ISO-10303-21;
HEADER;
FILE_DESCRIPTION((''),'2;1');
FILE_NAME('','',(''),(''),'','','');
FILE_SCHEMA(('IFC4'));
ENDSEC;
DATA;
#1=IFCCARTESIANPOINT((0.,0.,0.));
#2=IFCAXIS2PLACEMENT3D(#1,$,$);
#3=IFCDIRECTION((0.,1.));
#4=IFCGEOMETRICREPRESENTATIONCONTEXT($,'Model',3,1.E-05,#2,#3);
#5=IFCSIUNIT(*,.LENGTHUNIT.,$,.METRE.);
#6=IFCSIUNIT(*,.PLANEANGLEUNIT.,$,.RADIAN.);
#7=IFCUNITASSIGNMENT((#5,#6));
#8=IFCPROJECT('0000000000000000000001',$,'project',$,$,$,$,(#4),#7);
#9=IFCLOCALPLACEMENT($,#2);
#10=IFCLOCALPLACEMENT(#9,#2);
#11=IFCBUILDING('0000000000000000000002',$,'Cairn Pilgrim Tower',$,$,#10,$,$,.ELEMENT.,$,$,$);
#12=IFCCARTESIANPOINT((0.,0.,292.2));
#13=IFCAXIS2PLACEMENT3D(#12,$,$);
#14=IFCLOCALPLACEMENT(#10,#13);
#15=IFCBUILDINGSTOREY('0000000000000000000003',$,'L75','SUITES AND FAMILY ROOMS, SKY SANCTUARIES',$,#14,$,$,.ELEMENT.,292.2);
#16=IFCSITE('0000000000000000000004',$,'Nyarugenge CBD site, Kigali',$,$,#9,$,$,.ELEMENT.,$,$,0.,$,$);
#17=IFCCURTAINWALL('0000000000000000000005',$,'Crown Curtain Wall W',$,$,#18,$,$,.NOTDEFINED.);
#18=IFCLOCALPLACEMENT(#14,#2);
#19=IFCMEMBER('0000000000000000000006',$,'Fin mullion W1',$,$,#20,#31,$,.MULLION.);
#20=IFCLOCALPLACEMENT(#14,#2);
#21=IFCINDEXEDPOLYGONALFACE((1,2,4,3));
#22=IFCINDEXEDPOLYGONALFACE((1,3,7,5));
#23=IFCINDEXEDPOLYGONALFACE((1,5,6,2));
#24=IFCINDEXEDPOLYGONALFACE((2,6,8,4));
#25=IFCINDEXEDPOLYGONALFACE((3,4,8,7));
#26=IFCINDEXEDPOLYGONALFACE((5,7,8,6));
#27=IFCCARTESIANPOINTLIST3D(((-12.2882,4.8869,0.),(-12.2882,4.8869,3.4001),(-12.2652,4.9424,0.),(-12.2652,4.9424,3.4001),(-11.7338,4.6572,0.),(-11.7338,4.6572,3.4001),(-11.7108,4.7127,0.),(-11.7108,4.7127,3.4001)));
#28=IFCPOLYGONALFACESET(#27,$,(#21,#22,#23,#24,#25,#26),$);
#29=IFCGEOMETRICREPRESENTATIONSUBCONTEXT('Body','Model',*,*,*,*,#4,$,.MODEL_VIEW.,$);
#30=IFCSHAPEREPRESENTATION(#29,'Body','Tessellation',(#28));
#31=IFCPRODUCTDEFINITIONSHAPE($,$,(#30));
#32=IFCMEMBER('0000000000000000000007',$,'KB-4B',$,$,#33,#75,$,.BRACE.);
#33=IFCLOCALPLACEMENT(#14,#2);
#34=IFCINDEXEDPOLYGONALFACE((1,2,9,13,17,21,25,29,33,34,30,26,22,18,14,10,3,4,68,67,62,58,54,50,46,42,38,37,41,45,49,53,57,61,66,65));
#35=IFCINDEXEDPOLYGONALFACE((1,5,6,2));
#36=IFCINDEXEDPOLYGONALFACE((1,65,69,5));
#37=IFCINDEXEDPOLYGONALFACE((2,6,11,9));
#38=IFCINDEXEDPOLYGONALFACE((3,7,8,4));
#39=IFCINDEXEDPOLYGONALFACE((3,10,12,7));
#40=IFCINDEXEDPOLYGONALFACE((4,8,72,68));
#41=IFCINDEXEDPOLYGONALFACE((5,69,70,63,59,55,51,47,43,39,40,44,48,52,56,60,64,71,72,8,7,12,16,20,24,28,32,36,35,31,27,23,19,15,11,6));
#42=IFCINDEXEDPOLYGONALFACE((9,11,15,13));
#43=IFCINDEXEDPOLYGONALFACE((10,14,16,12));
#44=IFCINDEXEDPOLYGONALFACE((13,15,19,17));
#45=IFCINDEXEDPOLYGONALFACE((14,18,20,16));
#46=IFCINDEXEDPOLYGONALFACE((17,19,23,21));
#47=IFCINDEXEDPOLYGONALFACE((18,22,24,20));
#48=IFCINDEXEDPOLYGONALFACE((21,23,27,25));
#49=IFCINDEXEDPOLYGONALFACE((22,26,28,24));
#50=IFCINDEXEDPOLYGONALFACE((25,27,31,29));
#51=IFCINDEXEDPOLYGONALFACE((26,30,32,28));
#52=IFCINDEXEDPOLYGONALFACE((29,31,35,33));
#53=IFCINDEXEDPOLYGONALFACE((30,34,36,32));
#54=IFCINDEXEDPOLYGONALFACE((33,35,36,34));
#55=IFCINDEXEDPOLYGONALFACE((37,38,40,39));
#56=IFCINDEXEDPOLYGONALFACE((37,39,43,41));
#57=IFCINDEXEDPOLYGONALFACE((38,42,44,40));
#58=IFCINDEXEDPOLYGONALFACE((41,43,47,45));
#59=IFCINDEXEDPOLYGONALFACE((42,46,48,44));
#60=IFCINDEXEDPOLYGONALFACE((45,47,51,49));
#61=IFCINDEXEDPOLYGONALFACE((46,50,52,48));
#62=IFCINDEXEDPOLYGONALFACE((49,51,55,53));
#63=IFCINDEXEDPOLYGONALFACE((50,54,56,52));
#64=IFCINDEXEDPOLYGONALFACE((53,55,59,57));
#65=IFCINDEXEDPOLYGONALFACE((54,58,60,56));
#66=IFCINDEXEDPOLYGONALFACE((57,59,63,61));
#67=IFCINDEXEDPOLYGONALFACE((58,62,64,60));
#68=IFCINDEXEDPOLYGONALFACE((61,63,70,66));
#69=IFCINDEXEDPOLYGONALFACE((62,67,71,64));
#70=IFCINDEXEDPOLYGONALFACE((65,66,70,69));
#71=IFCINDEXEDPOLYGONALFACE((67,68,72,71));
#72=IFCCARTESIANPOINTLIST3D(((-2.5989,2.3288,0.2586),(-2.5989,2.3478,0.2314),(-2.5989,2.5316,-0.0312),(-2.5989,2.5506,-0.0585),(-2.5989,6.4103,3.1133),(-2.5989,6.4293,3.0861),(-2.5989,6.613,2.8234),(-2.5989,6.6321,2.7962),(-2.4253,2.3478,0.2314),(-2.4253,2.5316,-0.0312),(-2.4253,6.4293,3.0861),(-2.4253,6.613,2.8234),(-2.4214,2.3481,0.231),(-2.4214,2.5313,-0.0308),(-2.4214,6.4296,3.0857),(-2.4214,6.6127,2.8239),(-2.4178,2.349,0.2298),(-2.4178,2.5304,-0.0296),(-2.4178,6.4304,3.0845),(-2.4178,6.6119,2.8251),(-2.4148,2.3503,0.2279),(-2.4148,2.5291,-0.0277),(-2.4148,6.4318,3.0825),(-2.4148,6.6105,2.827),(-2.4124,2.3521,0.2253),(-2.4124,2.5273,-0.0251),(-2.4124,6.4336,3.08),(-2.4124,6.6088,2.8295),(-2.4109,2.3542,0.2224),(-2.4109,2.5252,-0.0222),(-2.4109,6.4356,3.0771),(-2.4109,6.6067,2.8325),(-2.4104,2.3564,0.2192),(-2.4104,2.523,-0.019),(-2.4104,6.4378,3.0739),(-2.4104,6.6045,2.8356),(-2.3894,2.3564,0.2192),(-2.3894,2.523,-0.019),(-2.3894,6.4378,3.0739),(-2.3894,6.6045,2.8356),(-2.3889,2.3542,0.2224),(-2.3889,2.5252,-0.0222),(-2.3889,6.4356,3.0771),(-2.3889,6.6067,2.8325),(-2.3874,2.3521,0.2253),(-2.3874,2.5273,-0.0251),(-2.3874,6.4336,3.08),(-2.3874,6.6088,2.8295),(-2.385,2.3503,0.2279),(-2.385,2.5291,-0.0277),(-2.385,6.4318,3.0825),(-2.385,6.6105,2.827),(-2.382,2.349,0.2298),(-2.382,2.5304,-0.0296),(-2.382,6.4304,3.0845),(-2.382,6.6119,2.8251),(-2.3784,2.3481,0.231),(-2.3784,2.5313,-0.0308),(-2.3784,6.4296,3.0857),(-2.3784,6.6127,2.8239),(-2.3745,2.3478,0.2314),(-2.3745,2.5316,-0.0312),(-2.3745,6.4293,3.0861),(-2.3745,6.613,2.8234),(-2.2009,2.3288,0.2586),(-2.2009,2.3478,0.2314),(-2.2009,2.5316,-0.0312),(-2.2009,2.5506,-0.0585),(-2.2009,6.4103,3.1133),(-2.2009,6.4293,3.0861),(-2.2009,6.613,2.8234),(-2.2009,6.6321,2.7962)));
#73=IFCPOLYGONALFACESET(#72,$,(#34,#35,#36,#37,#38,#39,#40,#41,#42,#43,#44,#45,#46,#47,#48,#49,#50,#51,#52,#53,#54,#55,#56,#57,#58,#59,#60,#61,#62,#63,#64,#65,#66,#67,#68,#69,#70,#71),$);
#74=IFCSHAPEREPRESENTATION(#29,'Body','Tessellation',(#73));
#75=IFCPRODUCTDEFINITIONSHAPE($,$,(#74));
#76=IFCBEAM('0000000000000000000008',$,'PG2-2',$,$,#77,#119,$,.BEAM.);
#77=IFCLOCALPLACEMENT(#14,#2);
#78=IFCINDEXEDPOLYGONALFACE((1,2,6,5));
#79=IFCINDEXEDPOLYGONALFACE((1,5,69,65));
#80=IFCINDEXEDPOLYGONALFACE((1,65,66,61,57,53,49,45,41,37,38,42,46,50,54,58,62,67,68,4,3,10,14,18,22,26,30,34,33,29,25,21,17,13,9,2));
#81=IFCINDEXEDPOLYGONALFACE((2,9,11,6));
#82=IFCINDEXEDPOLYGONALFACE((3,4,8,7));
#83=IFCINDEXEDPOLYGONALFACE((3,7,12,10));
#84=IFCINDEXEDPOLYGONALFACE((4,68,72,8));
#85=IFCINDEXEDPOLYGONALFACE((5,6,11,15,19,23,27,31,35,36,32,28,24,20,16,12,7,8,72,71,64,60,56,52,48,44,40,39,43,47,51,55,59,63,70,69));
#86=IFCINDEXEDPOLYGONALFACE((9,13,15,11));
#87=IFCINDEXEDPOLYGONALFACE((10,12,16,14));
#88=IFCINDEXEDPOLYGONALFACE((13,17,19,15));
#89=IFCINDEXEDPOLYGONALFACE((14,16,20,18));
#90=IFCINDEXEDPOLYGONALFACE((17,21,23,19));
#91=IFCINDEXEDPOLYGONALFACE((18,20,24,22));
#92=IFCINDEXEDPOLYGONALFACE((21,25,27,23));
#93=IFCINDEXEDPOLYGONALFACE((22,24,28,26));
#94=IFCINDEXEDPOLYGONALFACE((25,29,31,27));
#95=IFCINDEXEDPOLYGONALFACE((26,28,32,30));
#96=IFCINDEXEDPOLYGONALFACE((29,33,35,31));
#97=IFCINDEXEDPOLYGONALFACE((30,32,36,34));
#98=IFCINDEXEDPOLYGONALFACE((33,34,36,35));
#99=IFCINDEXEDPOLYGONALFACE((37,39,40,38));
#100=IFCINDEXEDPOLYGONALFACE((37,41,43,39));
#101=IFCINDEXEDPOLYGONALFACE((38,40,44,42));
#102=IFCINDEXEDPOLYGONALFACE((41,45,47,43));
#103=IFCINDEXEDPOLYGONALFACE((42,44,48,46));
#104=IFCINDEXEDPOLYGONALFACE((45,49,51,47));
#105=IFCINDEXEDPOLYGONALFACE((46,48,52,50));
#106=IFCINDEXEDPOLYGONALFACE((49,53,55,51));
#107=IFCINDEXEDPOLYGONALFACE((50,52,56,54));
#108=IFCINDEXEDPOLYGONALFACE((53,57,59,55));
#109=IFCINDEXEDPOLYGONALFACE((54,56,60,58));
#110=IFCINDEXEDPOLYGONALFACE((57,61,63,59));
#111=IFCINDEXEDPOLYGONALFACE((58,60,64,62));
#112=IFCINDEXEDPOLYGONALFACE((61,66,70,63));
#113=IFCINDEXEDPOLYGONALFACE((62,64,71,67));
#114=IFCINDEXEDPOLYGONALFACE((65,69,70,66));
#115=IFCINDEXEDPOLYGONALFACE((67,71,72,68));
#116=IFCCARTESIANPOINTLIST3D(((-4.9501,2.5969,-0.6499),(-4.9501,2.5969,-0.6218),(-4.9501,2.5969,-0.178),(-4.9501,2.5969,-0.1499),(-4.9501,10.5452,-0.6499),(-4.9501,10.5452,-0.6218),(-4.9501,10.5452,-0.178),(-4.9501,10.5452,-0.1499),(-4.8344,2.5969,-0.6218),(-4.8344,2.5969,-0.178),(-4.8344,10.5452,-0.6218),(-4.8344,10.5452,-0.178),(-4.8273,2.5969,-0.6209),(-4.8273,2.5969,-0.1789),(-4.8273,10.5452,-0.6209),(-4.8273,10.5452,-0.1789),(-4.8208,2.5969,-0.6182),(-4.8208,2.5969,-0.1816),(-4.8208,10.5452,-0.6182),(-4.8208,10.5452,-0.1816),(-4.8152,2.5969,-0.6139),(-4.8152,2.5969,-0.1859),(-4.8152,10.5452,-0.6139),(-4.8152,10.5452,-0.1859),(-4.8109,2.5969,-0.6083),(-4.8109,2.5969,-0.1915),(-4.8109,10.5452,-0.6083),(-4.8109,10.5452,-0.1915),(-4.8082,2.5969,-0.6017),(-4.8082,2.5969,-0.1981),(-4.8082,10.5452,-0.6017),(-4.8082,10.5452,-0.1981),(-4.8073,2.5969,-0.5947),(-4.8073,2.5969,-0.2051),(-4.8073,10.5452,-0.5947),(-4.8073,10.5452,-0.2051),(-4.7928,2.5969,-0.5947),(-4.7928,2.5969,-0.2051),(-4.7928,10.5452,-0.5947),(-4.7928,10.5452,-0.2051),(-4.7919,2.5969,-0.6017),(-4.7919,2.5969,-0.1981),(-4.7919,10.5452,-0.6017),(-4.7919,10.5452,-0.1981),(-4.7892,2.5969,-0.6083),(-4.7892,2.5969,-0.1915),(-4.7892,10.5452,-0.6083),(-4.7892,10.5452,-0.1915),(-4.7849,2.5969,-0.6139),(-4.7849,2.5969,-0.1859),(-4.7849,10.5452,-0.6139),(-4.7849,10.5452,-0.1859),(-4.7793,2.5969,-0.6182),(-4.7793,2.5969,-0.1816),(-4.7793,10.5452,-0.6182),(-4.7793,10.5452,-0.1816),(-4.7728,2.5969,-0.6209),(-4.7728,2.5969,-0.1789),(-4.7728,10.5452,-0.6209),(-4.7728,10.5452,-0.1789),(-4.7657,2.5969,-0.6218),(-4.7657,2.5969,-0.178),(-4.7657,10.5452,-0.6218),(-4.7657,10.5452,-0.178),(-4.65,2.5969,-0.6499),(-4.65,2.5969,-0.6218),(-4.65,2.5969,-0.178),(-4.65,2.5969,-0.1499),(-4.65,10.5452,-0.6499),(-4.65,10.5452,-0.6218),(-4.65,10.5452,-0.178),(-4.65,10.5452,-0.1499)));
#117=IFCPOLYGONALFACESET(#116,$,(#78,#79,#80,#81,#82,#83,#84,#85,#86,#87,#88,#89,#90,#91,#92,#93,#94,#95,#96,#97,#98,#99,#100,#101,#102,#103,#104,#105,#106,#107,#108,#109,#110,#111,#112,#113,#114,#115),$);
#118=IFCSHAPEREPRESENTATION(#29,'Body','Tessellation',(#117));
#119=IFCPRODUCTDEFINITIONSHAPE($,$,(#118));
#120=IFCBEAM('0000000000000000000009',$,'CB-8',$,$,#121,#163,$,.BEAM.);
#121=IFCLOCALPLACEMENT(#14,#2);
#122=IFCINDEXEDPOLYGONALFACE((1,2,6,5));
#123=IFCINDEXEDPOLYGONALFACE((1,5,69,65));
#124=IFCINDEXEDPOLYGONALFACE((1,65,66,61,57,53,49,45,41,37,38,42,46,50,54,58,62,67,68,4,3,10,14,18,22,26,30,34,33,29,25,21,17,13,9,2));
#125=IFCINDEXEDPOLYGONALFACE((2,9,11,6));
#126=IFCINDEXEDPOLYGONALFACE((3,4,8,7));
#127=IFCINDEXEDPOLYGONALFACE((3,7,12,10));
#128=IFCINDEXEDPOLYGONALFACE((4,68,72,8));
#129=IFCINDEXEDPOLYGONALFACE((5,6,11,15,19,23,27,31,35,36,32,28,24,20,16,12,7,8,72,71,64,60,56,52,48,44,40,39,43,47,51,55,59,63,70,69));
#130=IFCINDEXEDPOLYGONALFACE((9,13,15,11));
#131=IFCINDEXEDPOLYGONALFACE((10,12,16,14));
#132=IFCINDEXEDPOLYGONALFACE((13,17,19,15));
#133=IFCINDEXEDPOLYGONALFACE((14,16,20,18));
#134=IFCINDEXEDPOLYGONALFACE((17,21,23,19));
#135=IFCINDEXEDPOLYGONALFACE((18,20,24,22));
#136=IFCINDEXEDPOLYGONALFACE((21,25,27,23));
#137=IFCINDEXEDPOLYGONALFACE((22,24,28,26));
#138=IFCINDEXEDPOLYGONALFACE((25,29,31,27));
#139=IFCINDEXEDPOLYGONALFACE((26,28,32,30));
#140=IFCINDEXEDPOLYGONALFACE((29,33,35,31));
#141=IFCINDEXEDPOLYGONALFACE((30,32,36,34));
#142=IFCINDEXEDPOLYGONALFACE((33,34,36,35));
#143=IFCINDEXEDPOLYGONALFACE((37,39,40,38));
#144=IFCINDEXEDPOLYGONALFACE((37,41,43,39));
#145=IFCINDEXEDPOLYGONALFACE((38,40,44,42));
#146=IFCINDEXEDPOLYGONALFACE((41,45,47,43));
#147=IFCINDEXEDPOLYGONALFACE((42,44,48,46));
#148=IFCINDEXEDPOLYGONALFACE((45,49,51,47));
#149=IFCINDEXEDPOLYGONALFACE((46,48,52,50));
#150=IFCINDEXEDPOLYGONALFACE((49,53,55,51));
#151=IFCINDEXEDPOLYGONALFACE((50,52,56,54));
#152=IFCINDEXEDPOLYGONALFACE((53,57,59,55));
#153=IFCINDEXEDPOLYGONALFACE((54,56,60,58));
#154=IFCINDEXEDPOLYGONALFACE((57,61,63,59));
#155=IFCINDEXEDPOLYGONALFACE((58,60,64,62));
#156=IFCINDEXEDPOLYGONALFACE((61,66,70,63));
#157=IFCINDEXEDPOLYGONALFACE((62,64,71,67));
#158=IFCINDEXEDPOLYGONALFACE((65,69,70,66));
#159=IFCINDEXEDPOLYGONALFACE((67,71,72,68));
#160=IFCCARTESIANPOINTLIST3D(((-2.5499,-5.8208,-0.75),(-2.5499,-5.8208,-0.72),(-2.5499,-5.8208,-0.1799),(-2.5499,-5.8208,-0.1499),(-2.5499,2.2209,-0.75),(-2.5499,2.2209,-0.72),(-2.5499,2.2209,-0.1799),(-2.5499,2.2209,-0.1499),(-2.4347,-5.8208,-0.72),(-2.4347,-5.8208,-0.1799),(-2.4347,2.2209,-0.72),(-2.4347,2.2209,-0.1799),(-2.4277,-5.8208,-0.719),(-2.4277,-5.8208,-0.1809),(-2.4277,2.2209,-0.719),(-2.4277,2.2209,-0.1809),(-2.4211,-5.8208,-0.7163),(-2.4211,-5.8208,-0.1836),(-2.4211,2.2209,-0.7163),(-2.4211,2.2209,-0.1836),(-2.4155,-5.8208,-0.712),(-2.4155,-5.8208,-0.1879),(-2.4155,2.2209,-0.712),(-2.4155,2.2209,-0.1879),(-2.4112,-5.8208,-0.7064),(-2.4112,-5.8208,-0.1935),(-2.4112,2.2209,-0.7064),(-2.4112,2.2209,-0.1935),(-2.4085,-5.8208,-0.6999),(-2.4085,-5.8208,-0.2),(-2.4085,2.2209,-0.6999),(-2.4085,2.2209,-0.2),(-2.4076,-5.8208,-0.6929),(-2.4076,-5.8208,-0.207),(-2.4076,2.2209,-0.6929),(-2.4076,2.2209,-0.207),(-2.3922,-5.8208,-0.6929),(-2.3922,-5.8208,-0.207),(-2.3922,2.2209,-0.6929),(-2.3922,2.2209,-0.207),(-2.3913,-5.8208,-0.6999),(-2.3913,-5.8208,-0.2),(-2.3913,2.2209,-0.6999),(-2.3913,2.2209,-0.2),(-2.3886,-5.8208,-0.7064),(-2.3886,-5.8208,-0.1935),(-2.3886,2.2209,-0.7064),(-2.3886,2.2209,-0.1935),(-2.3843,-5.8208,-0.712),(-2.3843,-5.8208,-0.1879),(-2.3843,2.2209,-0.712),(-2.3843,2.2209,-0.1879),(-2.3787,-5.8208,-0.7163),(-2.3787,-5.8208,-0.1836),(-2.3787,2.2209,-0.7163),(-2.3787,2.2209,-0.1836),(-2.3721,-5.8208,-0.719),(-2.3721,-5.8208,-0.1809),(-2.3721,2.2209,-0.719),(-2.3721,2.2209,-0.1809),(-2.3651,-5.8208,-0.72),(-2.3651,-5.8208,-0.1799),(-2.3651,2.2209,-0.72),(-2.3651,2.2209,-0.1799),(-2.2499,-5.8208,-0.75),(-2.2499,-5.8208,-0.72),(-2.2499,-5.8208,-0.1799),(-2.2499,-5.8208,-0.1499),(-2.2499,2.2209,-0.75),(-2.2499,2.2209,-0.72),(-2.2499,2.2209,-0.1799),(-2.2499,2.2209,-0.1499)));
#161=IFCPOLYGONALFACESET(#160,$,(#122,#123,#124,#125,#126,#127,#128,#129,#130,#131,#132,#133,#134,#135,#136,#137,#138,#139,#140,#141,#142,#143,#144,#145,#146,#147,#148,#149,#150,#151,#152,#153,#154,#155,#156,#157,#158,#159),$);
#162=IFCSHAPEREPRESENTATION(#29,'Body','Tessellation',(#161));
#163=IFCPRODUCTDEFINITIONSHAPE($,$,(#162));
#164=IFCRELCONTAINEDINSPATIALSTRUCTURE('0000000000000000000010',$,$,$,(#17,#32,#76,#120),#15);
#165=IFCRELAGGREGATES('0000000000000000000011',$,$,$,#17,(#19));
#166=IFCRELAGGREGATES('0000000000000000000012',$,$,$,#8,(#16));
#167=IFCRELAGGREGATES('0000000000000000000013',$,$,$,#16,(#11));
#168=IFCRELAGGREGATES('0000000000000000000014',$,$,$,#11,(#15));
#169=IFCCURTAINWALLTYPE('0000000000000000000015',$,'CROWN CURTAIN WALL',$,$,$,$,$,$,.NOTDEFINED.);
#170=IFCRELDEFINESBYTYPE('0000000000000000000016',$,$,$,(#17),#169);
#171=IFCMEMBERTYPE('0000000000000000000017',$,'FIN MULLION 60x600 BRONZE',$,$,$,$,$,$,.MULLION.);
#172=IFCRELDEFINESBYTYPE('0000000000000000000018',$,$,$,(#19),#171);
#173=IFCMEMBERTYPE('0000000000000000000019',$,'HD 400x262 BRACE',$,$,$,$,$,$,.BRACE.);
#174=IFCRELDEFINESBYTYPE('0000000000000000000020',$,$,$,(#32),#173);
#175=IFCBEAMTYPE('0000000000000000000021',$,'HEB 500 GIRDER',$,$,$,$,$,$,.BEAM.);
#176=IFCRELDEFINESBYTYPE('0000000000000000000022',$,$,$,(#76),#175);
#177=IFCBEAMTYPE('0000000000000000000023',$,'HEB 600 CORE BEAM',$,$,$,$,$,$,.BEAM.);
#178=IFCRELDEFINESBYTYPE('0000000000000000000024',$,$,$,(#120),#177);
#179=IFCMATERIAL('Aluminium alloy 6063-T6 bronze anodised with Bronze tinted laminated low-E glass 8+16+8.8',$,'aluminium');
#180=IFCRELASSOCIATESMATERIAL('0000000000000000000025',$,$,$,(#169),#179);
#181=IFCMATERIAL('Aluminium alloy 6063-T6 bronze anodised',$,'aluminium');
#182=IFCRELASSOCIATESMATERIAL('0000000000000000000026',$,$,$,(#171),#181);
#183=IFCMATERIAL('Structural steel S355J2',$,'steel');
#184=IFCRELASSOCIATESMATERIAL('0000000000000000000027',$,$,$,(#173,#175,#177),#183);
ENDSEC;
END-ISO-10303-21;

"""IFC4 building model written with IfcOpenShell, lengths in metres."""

from ifc_helpers import new_model, si_unit, direction, frame, origin, origin_2d, place, context, subcontext, project, spatial, rectangle, i_section, extrude, material, material_profile, profile_set, type_object, element, aggregate, save


model = new_model("IFC4")

# Units and contexts
model_context = context("Model", 3, precision=1e-05, world=origin(), true_north=direction((0.0, 1.0)))
body_context = subcontext(model_context, "Body", "Model", "MODEL_VIEW")
ifc_project = project(units=[si_unit("LENGTHUNIT", "METRE"), si_unit("PLANEANGLEUNIT", "RADIAN")], contexts=[model_context])

# Site, building, storey
site_placement = place(None, origin())
site = spatial("IfcSite", under=ifc_project, at=site_placement, Name="Nyarugenge CBD site, Kigali", CompositionType="ELEMENT", RefElevation=0.0)
building_placement = place(site_placement, origin())
building = spatial("IfcBuilding", under=site, at=building_placement, Name="Cairn Pilgrim Tower", CompositionType="ELEMENT")
storey_placement = place(building_placement, frame((0.0, 0.0, 292.2)))
storey = spatial("IfcBuildingStorey", under=building, at=storey_placement, Name="L75", Description="SUITES AND FAMILY ROOMS, SKY SANCTUARIES", CompositionType="ELEMENT", Elevation=292.2)

# Shared definitions
ifc_material_1 = material(Name="Structural steel S355J2", Category="steel")

# Curtain wall, member
ifc_material_2 = material(Name="Aluminium alloy 6063-T6 bronze anodised with Bronze tinted laminated low-E glass 8+16+8.8", Category="aluminium")
curtain_wall_type = type_object("IfcCurtainWallType", Name="CROWN CURTAIN WALL", PredefinedType="NOTDEFINED", material=ifc_material_2)
ifc_material_3 = material(Name="Aluminium alloy 6063-T6 bronze anodised", Category="aluminium")
ifc_material_profile_1 = material_profile(ifc_material_3, rectangle(XDim=0.6001, YDim=0.0601, at=origin_2d()), Name="FIN MULLION 60x600 BRONZE")
ifc_profile_set_1 = profile_set([ifc_material_profile_1], Name="Aluminium alloy 6063-T6 bronze anodised")
member_type_1 = type_object("IfcMemberType", Name="FIN MULLION 60x600 BRONZE", PredefinedType="MULLION", material=ifc_profile_set_1)
curtain_wall_1_placement = place(storey_placement, origin())
curtain_wall_1 = element("IfcCurtainWall", 1, at=curtain_wall_1_placement, inside=storey, type_object=curtain_wall_type, Name="Crown Curtain Wall W", PredefinedType="NOTDEFINED")
member_1_placement = place(storey_placement, frame((-11.9995, 4.7998, 0.0), z_axis=(0.0, 0.0, 1.0), x_axis=(-0.92388, 0.382683, 0.0)))
member_1 = element("IfcMember", 2, at=member_1_placement, type_object=member_type_1, Name="Fin mullion W1", PredefinedType="MULLION", context=body_context, shape_type="SweptSolid", body=[
    extrude(rectangle(XDim=0.6001, YDim=0.0601, at=origin_2d()), origin(), (0.0, 0.0, 1.0), 3.4001),
])

# Member
ifc_material_profile_2 = material_profile(ifc_material_1, i_section(OverallWidth=0.3979, OverallDepth=0.387, WebThickness=0.021, FlangeThickness=0.0332, FilletRadius=0.0149, at=origin_2d()), Name="HD 400x262")
ifc_profile_set_2 = profile_set([ifc_material_profile_2], Name="Structural steel S355J2")
member_type_2 = type_object("IfcMemberType", Name="HD 400x262 BRACE", PredefinedType="BRACE", material=ifc_profile_set_2)
member_2_placement = place(storey_placement, frame((-2.3999, 2.4397, 0.1001), z_axis=(0.0, 0.819453, 0.573146), x_axis=(-1.0, 0.0, 0.0)))
element("IfcMember", 3, at=member_2_placement, inside=storey, type_object=member_type_2, Name="KB-4B", PredefinedType="BRACE", context=body_context, shape_type="SweptSolid", body=[
    extrude(i_section(OverallWidth=0.3979, OverallDepth=0.387, WebThickness=0.021, FlangeThickness=0.0332, FilletRadius=0.0149, at=origin_2d()), origin(), (0.0, 0.0, 1.0), 4.9807),
])

# Beams
ifc_material_profile_3 = material_profile(ifc_material_1, i_section(OverallWidth=0.3, OverallDepth=0.5, WebThickness=0.0144, FlangeThickness=0.0281, FilletRadius=0.0271, at=origin_2d()), Name="HEB 500")
ifc_profile_set_3 = profile_set([ifc_material_profile_3], Name="Structural steel S355J2")
beam_type_1 = type_object("IfcBeamType", Name="HEB 500 GIRDER", PredefinedType="BEAM", material=ifc_profile_set_3)
beam_1_placement = place(storey_placement, frame((-4.8, 2.5969, -0.3999), z_axis=(0.0, 1.0, 0.0), x_axis=(-1.0, 0.0, 0.0)))
element("IfcBeam", 4, at=beam_1_placement, inside=storey, type_object=beam_type_1, Name="PG2-2", PredefinedType="BEAM", context=body_context, shape_type="SweptSolid", body=[
    extrude(i_section(OverallWidth=0.3, OverallDepth=0.5, WebThickness=0.0144, FlangeThickness=0.0281, FilletRadius=0.0271, at=origin_2d()), origin(), (0.0, 0.0, 1.0), 7.9482),
])
ifc_material_profile_4 = material_profile(ifc_material_1, i_section(OverallWidth=0.3, OverallDepth=0.6001, WebThickness=0.0154, FlangeThickness=0.03, FilletRadius=0.0271, at=origin_2d()), Name="HEB 600")
ifc_profile_set_4 = profile_set([ifc_material_profile_4], Name="Structural steel S355J2")
beam_type_2 = type_object("IfcBeamType", Name="HEB 600 CORE BEAM", PredefinedType="BEAM", material=ifc_profile_set_4)
beam_2_placement = place(storey_placement, frame((-2.3999, 2.2209, -0.45), z_axis=(0.0, -1.0, 0.0), x_axis=(1.0, 0.0, 0.0)))
element("IfcBeam", 5, at=beam_2_placement, inside=storey, type_object=beam_type_2, Name="CB-8", PredefinedType="BEAM", context=body_context, shape_type="SweptSolid", body=[
    extrude(i_section(OverallWidth=0.3, OverallDepth=0.6001, WebThickness=0.0154, FlangeThickness=0.03, FilletRadius=0.0271, at=origin_2d()), origin(), (0.0, 0.0, 1.0), 8.0417),
])

aggregate(curtain_wall_1, [member_1])

save(model, "model.ifc")
